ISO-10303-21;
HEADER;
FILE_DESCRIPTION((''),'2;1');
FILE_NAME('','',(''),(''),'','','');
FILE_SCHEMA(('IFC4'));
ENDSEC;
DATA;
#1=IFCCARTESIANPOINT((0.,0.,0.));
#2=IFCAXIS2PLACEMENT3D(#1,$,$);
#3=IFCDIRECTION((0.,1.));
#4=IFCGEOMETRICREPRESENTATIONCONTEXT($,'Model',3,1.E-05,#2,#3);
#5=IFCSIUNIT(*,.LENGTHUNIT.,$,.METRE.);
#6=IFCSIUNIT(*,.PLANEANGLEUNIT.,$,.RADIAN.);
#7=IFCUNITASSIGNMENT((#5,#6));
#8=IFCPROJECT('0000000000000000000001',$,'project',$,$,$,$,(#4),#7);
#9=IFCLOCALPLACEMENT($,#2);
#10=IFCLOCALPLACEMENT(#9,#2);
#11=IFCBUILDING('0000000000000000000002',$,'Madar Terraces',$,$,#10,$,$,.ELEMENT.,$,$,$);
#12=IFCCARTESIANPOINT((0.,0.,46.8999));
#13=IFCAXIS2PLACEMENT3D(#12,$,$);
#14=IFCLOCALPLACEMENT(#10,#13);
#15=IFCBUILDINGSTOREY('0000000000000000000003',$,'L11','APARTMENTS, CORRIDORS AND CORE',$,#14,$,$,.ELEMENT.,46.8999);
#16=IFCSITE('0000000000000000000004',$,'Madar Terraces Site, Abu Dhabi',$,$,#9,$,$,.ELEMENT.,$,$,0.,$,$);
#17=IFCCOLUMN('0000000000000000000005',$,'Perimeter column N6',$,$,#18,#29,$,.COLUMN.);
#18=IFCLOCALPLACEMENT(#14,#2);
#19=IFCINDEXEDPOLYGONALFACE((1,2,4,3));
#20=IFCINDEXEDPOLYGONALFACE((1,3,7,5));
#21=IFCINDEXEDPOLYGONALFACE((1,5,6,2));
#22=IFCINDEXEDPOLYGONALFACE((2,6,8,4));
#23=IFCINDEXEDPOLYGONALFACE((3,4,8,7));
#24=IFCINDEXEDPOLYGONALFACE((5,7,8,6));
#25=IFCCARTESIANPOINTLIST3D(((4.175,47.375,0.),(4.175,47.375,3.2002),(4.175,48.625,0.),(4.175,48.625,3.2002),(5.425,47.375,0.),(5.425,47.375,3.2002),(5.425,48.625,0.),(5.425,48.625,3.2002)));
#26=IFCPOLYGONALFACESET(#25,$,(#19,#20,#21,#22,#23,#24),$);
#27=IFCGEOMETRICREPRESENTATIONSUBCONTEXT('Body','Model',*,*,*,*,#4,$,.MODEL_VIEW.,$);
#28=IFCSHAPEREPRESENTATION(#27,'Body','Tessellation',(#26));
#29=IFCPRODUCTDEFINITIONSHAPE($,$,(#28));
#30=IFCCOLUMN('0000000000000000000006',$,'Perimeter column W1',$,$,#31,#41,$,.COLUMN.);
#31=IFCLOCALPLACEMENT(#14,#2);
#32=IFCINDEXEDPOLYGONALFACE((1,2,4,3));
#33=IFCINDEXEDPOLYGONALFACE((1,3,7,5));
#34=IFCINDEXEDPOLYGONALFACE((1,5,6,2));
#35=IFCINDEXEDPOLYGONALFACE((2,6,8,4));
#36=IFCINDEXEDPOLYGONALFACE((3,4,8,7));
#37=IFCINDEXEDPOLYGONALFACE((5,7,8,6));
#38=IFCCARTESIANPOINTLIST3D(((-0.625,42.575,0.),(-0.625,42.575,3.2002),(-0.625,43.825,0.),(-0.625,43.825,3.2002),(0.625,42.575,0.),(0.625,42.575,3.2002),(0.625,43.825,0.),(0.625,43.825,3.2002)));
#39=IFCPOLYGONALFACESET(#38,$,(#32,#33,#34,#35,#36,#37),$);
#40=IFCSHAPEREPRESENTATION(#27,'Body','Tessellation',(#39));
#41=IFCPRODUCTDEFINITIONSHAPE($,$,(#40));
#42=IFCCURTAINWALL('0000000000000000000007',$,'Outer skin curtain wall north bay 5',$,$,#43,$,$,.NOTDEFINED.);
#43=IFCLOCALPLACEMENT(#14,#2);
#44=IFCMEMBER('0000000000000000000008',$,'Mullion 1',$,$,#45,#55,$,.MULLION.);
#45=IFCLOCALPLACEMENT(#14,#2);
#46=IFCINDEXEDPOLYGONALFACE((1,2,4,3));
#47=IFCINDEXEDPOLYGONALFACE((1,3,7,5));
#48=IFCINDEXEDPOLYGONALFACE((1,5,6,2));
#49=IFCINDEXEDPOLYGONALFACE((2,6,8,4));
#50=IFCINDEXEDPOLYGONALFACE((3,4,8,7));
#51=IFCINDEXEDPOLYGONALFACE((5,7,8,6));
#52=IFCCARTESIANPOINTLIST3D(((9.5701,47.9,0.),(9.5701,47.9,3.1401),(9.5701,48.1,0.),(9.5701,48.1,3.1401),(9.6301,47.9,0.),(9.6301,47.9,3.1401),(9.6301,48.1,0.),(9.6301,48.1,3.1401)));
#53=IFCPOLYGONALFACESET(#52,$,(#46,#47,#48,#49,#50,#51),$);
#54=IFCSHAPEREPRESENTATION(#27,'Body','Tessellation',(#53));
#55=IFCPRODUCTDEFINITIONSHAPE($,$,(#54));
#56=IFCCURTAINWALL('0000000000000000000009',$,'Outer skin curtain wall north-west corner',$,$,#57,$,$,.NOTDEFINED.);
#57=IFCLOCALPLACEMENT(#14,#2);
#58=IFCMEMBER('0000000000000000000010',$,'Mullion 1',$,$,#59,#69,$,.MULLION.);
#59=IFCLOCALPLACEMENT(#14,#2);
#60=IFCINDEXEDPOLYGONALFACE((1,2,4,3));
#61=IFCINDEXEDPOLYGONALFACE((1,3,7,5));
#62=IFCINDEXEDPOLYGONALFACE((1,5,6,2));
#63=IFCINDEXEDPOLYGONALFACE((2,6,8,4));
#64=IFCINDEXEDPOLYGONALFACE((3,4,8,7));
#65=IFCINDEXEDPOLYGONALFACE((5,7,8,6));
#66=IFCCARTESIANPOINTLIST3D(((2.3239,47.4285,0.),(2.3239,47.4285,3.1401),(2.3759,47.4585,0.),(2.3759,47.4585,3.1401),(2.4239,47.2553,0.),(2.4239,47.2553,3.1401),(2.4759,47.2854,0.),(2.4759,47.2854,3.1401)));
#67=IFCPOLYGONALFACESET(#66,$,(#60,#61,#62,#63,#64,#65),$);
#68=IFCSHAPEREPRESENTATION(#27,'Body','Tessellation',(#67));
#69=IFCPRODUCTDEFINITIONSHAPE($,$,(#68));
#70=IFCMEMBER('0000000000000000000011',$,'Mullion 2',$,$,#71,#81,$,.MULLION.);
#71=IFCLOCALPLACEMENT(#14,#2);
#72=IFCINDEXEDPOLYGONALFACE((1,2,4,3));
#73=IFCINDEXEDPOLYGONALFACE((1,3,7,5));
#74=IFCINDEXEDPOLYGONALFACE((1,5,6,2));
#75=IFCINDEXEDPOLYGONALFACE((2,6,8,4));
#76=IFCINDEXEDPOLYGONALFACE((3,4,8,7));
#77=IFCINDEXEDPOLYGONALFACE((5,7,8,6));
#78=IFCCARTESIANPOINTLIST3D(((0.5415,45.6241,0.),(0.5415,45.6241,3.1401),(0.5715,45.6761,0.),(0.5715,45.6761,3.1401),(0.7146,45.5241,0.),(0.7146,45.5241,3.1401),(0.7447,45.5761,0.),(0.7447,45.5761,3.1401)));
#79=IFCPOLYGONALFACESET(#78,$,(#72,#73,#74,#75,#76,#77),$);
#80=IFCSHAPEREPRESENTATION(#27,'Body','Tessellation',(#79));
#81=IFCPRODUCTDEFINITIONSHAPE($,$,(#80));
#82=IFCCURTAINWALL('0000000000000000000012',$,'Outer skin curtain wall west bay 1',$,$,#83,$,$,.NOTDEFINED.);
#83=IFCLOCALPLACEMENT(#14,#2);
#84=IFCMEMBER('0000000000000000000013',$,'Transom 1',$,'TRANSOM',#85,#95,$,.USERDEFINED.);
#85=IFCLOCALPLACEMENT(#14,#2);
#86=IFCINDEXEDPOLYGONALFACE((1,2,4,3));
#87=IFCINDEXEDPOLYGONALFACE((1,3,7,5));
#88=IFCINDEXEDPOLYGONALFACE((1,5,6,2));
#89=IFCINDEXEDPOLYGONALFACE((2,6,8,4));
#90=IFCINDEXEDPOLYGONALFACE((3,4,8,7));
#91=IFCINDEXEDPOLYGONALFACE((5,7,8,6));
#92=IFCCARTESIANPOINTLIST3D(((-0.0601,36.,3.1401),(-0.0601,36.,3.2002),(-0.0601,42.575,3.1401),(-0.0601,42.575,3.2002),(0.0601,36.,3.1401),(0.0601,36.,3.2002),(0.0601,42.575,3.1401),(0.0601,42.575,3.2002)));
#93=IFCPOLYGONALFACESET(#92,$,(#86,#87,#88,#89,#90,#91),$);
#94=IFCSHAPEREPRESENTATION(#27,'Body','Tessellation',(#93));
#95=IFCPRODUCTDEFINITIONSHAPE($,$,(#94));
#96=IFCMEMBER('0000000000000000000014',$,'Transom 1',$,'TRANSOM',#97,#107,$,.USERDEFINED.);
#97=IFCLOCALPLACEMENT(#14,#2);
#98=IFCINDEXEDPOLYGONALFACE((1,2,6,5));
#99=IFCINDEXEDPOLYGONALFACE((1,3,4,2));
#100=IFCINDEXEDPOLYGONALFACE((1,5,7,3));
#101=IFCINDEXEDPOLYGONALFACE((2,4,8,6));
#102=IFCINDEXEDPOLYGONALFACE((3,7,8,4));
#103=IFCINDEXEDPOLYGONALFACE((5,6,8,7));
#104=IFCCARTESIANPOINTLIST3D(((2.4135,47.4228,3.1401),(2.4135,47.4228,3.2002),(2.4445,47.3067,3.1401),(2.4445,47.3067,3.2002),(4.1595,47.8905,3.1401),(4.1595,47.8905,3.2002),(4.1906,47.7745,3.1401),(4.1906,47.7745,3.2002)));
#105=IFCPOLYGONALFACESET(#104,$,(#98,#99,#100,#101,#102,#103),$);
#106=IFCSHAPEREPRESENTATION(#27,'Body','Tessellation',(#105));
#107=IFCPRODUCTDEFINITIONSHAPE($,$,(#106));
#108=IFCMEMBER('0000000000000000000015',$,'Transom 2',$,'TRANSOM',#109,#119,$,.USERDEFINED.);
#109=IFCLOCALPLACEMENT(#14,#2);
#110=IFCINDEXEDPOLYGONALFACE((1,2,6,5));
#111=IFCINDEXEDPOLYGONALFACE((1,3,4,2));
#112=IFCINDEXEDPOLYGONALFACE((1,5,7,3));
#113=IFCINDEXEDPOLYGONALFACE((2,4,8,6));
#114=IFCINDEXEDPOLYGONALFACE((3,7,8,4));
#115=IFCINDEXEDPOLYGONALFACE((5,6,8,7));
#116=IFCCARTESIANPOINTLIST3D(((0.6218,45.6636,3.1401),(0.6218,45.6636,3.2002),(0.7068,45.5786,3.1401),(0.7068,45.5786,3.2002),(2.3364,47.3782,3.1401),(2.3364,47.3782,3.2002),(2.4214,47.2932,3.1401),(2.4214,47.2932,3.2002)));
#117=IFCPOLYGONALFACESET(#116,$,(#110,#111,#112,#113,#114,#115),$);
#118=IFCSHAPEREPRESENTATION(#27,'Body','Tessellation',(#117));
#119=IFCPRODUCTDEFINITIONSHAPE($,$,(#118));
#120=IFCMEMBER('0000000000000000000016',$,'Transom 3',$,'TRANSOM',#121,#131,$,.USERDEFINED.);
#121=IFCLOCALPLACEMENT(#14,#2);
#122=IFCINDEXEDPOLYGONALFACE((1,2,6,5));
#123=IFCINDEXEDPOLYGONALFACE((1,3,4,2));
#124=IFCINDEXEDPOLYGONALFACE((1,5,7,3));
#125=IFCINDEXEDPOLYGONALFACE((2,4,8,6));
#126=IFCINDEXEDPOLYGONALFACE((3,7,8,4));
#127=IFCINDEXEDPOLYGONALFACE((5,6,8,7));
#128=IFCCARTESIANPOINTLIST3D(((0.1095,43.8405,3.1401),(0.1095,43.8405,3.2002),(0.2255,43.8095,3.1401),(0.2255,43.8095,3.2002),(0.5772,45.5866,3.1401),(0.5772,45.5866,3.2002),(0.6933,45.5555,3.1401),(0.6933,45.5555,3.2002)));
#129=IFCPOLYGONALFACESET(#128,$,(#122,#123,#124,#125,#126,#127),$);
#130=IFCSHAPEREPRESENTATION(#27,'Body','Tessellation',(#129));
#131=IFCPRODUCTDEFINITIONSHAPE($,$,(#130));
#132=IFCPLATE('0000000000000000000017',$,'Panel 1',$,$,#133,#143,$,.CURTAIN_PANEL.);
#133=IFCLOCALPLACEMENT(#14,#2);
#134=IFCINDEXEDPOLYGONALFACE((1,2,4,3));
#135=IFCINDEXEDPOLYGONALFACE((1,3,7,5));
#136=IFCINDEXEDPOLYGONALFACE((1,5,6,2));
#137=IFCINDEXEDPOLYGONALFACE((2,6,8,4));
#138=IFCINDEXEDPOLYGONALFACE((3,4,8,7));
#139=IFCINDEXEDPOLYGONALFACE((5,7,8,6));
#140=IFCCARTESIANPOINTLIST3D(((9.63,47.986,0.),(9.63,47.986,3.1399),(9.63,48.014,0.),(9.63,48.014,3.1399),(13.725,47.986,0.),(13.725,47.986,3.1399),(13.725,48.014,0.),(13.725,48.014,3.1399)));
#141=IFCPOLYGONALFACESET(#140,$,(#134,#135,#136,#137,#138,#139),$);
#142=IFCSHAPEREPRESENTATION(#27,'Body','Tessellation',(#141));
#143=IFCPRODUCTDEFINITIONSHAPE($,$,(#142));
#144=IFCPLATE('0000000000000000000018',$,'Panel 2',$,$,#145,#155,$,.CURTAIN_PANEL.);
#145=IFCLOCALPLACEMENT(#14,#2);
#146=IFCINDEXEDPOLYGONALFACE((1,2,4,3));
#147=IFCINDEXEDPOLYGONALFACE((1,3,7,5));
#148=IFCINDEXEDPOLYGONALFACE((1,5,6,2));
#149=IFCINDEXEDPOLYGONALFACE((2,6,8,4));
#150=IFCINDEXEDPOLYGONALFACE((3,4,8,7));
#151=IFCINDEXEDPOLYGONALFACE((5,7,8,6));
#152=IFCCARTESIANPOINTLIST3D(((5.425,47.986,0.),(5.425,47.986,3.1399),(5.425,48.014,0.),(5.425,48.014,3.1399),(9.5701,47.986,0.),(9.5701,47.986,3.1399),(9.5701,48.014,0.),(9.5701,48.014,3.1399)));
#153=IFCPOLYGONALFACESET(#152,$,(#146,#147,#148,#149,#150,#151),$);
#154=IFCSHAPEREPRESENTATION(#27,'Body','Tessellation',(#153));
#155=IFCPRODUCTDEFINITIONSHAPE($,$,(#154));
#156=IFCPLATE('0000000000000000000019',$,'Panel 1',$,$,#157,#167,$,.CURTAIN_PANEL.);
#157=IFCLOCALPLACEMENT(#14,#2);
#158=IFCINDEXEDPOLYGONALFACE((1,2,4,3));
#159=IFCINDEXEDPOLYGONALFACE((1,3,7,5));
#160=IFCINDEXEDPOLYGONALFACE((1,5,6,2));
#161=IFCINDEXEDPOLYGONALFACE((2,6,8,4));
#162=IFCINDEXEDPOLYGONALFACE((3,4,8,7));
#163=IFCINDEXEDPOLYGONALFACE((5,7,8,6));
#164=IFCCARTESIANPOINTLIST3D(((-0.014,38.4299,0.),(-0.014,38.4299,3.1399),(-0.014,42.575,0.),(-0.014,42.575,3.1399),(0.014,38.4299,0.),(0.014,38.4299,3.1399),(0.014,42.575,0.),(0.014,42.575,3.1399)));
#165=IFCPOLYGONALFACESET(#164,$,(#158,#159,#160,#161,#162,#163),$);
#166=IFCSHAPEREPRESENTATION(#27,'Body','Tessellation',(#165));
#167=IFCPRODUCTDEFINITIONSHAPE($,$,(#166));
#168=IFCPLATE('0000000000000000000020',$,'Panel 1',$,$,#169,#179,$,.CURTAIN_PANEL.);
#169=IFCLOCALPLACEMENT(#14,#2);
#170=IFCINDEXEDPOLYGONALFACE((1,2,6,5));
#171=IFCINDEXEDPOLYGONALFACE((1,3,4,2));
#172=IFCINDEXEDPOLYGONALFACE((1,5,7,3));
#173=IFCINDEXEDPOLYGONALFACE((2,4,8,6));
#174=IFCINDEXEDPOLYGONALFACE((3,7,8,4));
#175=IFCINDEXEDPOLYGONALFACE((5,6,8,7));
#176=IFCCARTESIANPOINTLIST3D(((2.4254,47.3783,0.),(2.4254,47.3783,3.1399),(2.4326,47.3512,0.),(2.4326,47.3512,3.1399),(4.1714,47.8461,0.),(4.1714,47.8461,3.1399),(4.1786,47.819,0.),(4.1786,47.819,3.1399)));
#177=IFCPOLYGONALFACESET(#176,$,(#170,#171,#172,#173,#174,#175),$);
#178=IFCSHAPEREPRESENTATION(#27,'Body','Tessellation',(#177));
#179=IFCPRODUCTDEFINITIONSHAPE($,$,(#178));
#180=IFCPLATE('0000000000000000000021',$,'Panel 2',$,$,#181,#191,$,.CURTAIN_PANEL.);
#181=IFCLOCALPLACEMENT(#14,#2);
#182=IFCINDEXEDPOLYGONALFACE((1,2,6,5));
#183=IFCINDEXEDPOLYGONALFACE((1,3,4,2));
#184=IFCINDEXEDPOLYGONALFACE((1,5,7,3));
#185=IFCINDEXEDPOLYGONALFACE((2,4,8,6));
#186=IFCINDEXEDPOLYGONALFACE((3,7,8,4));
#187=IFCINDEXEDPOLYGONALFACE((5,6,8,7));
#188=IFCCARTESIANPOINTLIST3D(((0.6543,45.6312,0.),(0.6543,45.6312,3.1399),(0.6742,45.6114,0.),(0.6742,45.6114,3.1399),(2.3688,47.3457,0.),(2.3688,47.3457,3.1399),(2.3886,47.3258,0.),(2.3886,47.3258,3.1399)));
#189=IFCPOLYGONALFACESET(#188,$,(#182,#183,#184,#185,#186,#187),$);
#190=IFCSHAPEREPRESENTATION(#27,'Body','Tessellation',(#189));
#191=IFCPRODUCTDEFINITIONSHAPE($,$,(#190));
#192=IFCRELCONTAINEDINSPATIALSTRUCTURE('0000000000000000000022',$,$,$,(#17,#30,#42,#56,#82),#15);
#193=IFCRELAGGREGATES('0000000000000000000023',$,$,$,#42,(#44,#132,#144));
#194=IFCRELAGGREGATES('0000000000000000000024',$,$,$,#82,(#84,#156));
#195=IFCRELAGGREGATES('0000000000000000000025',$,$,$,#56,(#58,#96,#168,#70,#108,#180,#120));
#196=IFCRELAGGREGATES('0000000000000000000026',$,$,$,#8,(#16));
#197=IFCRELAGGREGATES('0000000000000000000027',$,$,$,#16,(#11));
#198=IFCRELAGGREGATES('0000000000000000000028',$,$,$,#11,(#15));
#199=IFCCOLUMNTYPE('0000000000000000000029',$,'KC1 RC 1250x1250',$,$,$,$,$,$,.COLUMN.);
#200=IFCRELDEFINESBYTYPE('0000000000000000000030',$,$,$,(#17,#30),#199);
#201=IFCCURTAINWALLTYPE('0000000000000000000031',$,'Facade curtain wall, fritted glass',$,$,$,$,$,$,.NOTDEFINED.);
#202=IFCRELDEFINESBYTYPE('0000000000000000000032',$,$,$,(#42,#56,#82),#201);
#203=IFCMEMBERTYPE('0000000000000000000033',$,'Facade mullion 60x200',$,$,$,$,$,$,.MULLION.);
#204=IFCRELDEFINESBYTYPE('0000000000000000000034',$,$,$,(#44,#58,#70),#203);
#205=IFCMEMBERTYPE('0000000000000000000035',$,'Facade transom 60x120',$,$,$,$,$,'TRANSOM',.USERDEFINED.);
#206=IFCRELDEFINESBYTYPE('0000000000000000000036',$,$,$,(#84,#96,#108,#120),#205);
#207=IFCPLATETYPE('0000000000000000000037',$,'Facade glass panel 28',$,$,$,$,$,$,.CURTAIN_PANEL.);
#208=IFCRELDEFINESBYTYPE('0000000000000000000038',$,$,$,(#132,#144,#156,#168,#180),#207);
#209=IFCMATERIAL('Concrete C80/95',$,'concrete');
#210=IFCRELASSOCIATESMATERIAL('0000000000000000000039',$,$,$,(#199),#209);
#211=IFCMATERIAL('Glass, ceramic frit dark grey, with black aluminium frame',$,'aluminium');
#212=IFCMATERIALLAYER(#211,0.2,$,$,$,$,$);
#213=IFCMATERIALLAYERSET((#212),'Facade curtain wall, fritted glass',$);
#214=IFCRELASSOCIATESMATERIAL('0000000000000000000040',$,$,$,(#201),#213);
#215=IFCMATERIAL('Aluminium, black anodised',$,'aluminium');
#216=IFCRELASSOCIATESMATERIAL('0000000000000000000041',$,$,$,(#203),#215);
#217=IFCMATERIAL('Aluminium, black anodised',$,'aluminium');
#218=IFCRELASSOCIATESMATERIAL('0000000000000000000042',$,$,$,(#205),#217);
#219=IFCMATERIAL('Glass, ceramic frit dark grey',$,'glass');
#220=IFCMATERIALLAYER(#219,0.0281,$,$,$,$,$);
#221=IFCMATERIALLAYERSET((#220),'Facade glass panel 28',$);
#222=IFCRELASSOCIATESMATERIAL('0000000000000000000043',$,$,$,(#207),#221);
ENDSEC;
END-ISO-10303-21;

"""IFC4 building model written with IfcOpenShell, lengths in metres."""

from ifc_helpers import new_model, si_unit, direction, frame, origin, origin_2d, place, context, subcontext, project, spatial, rectangle, extrude, material, layer, layer_set, material_profile, profile_set, type_object, element, aggregate, save


model = new_model("IFC4")

# Units and contexts
model_context = context("Model", 3, precision=1e-05, world=origin(), true_north=direction((0.0, 1.0)))
body_context = subcontext(model_context, "Body", "Model", "MODEL_VIEW")
ifc_project = project(units=[si_unit("LENGTHUNIT", "METRE"), si_unit("PLANEANGLEUNIT", "RADIAN")], contexts=[model_context])

# Site, building, storey
site_placement = place(None, origin())
site = spatial("IfcSite", under=ifc_project, at=site_placement, Name="Madar Terraces Site, Abu Dhabi", CompositionType="ELEMENT", RefElevation=0.0)
building_placement = place(site_placement, origin())
building = spatial("IfcBuilding", under=site, at=building_placement, Name="Madar Terraces", CompositionType="ELEMENT")
storey_placement = place(building_placement, frame((0.0, 0.0, 46.8999)))
storey = spatial("IfcBuildingStorey", under=building, at=storey_placement, Name="L11", Description="APARTMENTS, CORRIDORS AND CORE", CompositionType="ELEMENT", Elevation=46.8999)

# Columns
ifc_material_1 = material(Name="Concrete C80/95", Category="concrete")
ifc_material_profile_1 = material_profile(ifc_material_1, rectangle(XDim=1.25, YDim=1.25, at=origin_2d()), Name="KC1 RC 1250x1250")
ifc_profile_set_1 = profile_set([ifc_material_profile_1], Name="Concrete C80/95")
column_type = type_object("IfcColumnType", Name="KC1 RC 1250x1250", PredefinedType="COLUMN", material=ifc_profile_set_1)
for number, where, z_axis, x_axis, name in (
    (1, (4.8, 48.0, 0.0), (0.0, 0.0, 1.0), (1.0, 0.0, 0.0), "Perimeter column N6"),
    (2, (0.0, 43.2, 0.0), (0.0, 0.0, 1.0), (1.0, 0.0, 0.0), "Perimeter column W1"),
):
    element("IfcColumn", number, at=place(storey_placement, frame(where, z_axis=z_axis, x_axis=x_axis)), inside=storey, type_object=column_type, Name=name, PredefinedType="COLUMN", context=body_context, shape_type="SweptSolid", body=[
        extrude(rectangle(XDim=1.25, YDim=1.25, at=origin_2d()), origin(), (0.0, 0.0, 1.0), 3.2002),
    ])

# Curtain wall, member
ifc_material_2 = material(Name="Glass, ceramic frit dark grey, with black aluminium frame", Category="aluminium")
ifc_layer_1 = layer(ifc_material_2, 0.2)
ifc_layer_set_1 = layer_set([ifc_layer_1], Name="Facade curtain wall, fritted glass")
curtain_wall_type = type_object("IfcCurtainWallType", Name="Facade curtain wall, fritted glass", PredefinedType="NOTDEFINED", material=ifc_layer_set_1)
curtain_wall_1_placement = place(storey_placement, origin())
curtain_wall_1 = element("IfcCurtainWall", 3, at=curtain_wall_1_placement, inside=storey, type_object=curtain_wall_type, Name="Outer skin curtain wall north bay 5", PredefinedType="NOTDEFINED")
ifc_material_3 = material(Name="Aluminium, black anodised", Category="aluminium")
ifc_material_profile_2 = material_profile(ifc_material_3, rectangle(XDim=0.2, YDim=0.0601, at=origin_2d()), Name="Facade mullion 60x200")
ifc_profile_set_2 = profile_set([ifc_material_profile_2], Name="Aluminium, black anodised")
member_type_1 = type_object("IfcMemberType", Name="Facade mullion 60x200", PredefinedType="MULLION", material=ifc_profile_set_2)
member_1_placement = place(storey_placement, frame((9.6001, 48.0, 0.0), z_axis=(0.0, 0.0, 1.0), x_axis=(0.0, -1.0, 0.0)))
member_1 = element("IfcMember", 4, at=member_1_placement, type_object=member_type_1, Name="Mullion 1", PredefinedType="MULLION", context=body_context, shape_type="SweptSolid", body=[
    extrude(rectangle(XDim=0.2, YDim=0.0601, at=origin_2d()), origin(), (0.0, 0.0, 1.0), 3.1401),
])

# Curtain wall, members
curtain_wall_2_placement = place(storey_placement, origin())
curtain_wall_2 = element("IfcCurtainWall", 5, at=curtain_wall_2_placement, inside=storey, type_object=curtain_wall_type, Name="Outer skin curtain wall north-west corner", PredefinedType="NOTDEFINED")
member_2_placement = place(storey_placement, frame((2.3999, 47.3569, 0.0), z_axis=(0.0, 0.0, 1.0), x_axis=(0.5, -0.866025, 0.0)))
member_2 = element("IfcMember", 6, at=member_2_placement, type_object=member_type_1, Name="Mullion 1", PredefinedType="MULLION", context=body_context, shape_type="SweptSolid", body=[
    extrude(rectangle(XDim=0.2, YDim=0.0601, at=origin_2d()), origin(), (0.0, 0.0, 1.0), 3.1401),
])
member_3_placement = place(storey_placement, frame((0.6431, 45.6001, 0.0), z_axis=(0.0, 0.0, 1.0), x_axis=(0.866025, -0.5, 0.0)))
member_3 = element("IfcMember", 7, at=member_3_placement, type_object=member_type_1, Name="Mullion 2", PredefinedType="MULLION", context=body_context, shape_type="SweptSolid", body=[
    extrude(rectangle(XDim=0.2, YDim=0.0601, at=origin_2d()), origin(), (0.0, 0.0, 1.0), 3.1401),
])

# Curtain wall, member
curtain_wall_3_placement = place(storey_placement, origin())
curtain_wall_3 = element("IfcCurtainWall", 8, at=curtain_wall_3_placement, inside=storey, type_object=curtain_wall_type, Name="Outer skin curtain wall west bay 1", PredefinedType="NOTDEFINED")
ifc_material_4 = material(Name="Aluminium, black anodised", Category="aluminium")
ifc_material_profile_3 = material_profile(ifc_material_4, rectangle(XDim=0.1201, YDim=0.0601, at=origin_2d()), Name="Facade transom 60x120")
ifc_profile_set_3 = profile_set([ifc_material_profile_3], Name="Aluminium, black anodised")
member_type_2 = type_object("IfcMemberType", Name="Facade transom 60x120", ElementType="TRANSOM", PredefinedType="USERDEFINED", material=ifc_profile_set_3)
member_4_placement = place(storey_placement, frame((0.0, 42.575, 3.1702), z_axis=(0.0, -1.0, 0.0), x_axis=(1.0, 0.0, 0.0)))
member_4 = element("IfcMember", 9, at=member_4_placement, type_object=member_type_2, Name="Transom 1", ObjectType="TRANSOM", PredefinedType="USERDEFINED", context=body_context, shape_type="SweptSolid", body=[
    extrude(rectangle(XDim=0.1201, YDim=0.0601, at=origin_2d()), origin(), (0.0, 0.0, 1.0), 6.575),
])

# Members
member_5_placement = place(storey_placement, frame((4.175, 47.8325, 3.1702), z_axis=(-0.965938, -0.258772, 0.0), x_axis=(0.258772, -0.965938, 0.0)))
member_5 = element("IfcMember", 10, at=member_5_placement, type_object=member_type_2, Name="Transom 1", ObjectType="TRANSOM", PredefinedType="USERDEFINED", context=body_context, shape_type="SweptSolid", body=[
    extrude(rectangle(XDim=0.1201, YDim=0.0601, at=origin_2d()), origin(), (0.0, 0.0, 1.0), 1.8076),
])
member_6_placement = place(storey_placement, frame((2.3789, 47.3357, 3.1702), z_axis=(-0.707107, -0.707107, 0.0), x_axis=(0.707107, -0.707107, 0.0)))
member_6 = element("IfcMember", 11, at=member_6_placement, type_object=member_type_2, Name="Transom 2", ObjectType="TRANSOM", PredefinedType="USERDEFINED", context=body_context, shape_type="SweptSolid", body=[
    extrude(rectangle(XDim=0.1201, YDim=0.0601, at=origin_2d()), origin(), (0.0, 0.0, 1.0), 2.4248),
])
member_7_placement = place(storey_placement, frame((0.6353, 45.571, 3.1702), z_axis=(-0.258772, -0.965938, 0.0), x_axis=(0.965938, -0.258772, 0.0)))
member_7 = element("IfcMember", 12, at=member_7_placement, type_object=member_type_2, Name="Transom 3", ObjectType="TRANSOM", PredefinedType="USERDEFINED", context=body_context, shape_type="SweptSolid", body=[
    extrude(rectangle(XDim=0.1201, YDim=0.0601, at=origin_2d()), origin(), (0.0, 0.0, 1.0), 1.8076),
])

# Plates
ifc_material_5 = material(Name="Glass, ceramic frit dark grey", Category="glass")
ifc_layer_2 = layer(ifc_material_5, 0.0281)
ifc_layer_set_2 = layer_set([ifc_layer_2], Name="Facade glass panel 28")
plate_type = type_object("IfcPlateType", Name="Facade glass panel 28", PredefinedType="CURTAIN_PANEL", material=ifc_layer_set_2)
plate_1_placement = place(storey_placement, frame((11.6775, 48.0, 0.0), z_axis=(0.0, 0.0, 1.0), x_axis=(-1.0, 0.0, 0.0)))
plate_1 = element("IfcPlate", 13, at=plate_1_placement, type_object=plate_type, Name="Panel 1", PredefinedType="CURTAIN_PANEL", context=body_context, shape_type="SweptSolid", body=[
    extrude(rectangle(XDim=4.095, YDim=0.0281, at=origin_2d()), origin(), (0.0, 0.0, 1.0), 3.1399),
])
plate_2_placement = place(storey_placement, frame((7.4976, 48.0, 0.0), z_axis=(0.0, 0.0, 1.0), x_axis=(-1.0, 0.0, 0.0)))
plate_2 = element("IfcPlate", 14, at=plate_2_placement, type_object=plate_type, Name="Panel 2", PredefinedType="CURTAIN_PANEL", context=body_context, shape_type="SweptSolid", body=[
    extrude(rectangle(XDim=4.145, YDim=0.0281, at=origin_2d()), origin(), (0.0, 0.0, 1.0), 3.1399),
])
aggregate(curtain_wall_1, [member_1, plate_1, plate_2])
plate_3_placement = place(storey_placement, frame((0.0, 40.5024, 0.0), z_axis=(0.0, 0.0, 1.0), x_axis=(0.0, -1.0, 0.0)))
plate_3 = element("IfcPlate", 15, at=plate_3_placement, type_object=plate_type, Name="Panel 1", PredefinedType="CURTAIN_PANEL", context=body_context, shape_type="SweptSolid", body=[
    extrude(rectangle(XDim=4.145, YDim=0.0281, at=origin_2d()), origin(), (0.0, 0.0, 1.0), 3.1399),
])
aggregate(curtain_wall_3, [member_4, plate_3])
plate_4_placement = place(storey_placement, frame((3.302, 47.5986, 0.0), z_axis=(0.0, 0.0, 1.0), x_axis=(-0.965926, -0.258819, 0.0)))
plate_4 = element("IfcPlate", 16, at=plate_4_placement, type_object=plate_type, Name="Panel 1", PredefinedType="CURTAIN_PANEL", context=body_context, shape_type="SweptSolid", body=[
    extrude(rectangle(XDim=1.8076, YDim=0.0281, at=origin_2d()), origin(), (0.0, 0.0, 1.0), 3.1399),
])
plate_5_placement = place(storey_placement, frame((1.5215, 46.4785, 0.0), z_axis=(0.0, 0.0, 1.0), x_axis=(-0.707107, -0.707107, 0.0)))
plate_5 = element("IfcPlate", 17, at=plate_5_placement, type_object=plate_type, Name="Panel 2", PredefinedType="CURTAIN_PANEL", context=body_context, shape_type="SweptSolid", body=[
    extrude(rectangle(XDim=2.4246, YDim=0.0281, at=origin_2d()), origin(), (0.0, 0.0, 1.0), 3.1399),
])
aggregate(curtain_wall_2, [member_2, member_5, plate_4, member_3, member_6, plate_5, member_7])

save(model, "model.ifc")
